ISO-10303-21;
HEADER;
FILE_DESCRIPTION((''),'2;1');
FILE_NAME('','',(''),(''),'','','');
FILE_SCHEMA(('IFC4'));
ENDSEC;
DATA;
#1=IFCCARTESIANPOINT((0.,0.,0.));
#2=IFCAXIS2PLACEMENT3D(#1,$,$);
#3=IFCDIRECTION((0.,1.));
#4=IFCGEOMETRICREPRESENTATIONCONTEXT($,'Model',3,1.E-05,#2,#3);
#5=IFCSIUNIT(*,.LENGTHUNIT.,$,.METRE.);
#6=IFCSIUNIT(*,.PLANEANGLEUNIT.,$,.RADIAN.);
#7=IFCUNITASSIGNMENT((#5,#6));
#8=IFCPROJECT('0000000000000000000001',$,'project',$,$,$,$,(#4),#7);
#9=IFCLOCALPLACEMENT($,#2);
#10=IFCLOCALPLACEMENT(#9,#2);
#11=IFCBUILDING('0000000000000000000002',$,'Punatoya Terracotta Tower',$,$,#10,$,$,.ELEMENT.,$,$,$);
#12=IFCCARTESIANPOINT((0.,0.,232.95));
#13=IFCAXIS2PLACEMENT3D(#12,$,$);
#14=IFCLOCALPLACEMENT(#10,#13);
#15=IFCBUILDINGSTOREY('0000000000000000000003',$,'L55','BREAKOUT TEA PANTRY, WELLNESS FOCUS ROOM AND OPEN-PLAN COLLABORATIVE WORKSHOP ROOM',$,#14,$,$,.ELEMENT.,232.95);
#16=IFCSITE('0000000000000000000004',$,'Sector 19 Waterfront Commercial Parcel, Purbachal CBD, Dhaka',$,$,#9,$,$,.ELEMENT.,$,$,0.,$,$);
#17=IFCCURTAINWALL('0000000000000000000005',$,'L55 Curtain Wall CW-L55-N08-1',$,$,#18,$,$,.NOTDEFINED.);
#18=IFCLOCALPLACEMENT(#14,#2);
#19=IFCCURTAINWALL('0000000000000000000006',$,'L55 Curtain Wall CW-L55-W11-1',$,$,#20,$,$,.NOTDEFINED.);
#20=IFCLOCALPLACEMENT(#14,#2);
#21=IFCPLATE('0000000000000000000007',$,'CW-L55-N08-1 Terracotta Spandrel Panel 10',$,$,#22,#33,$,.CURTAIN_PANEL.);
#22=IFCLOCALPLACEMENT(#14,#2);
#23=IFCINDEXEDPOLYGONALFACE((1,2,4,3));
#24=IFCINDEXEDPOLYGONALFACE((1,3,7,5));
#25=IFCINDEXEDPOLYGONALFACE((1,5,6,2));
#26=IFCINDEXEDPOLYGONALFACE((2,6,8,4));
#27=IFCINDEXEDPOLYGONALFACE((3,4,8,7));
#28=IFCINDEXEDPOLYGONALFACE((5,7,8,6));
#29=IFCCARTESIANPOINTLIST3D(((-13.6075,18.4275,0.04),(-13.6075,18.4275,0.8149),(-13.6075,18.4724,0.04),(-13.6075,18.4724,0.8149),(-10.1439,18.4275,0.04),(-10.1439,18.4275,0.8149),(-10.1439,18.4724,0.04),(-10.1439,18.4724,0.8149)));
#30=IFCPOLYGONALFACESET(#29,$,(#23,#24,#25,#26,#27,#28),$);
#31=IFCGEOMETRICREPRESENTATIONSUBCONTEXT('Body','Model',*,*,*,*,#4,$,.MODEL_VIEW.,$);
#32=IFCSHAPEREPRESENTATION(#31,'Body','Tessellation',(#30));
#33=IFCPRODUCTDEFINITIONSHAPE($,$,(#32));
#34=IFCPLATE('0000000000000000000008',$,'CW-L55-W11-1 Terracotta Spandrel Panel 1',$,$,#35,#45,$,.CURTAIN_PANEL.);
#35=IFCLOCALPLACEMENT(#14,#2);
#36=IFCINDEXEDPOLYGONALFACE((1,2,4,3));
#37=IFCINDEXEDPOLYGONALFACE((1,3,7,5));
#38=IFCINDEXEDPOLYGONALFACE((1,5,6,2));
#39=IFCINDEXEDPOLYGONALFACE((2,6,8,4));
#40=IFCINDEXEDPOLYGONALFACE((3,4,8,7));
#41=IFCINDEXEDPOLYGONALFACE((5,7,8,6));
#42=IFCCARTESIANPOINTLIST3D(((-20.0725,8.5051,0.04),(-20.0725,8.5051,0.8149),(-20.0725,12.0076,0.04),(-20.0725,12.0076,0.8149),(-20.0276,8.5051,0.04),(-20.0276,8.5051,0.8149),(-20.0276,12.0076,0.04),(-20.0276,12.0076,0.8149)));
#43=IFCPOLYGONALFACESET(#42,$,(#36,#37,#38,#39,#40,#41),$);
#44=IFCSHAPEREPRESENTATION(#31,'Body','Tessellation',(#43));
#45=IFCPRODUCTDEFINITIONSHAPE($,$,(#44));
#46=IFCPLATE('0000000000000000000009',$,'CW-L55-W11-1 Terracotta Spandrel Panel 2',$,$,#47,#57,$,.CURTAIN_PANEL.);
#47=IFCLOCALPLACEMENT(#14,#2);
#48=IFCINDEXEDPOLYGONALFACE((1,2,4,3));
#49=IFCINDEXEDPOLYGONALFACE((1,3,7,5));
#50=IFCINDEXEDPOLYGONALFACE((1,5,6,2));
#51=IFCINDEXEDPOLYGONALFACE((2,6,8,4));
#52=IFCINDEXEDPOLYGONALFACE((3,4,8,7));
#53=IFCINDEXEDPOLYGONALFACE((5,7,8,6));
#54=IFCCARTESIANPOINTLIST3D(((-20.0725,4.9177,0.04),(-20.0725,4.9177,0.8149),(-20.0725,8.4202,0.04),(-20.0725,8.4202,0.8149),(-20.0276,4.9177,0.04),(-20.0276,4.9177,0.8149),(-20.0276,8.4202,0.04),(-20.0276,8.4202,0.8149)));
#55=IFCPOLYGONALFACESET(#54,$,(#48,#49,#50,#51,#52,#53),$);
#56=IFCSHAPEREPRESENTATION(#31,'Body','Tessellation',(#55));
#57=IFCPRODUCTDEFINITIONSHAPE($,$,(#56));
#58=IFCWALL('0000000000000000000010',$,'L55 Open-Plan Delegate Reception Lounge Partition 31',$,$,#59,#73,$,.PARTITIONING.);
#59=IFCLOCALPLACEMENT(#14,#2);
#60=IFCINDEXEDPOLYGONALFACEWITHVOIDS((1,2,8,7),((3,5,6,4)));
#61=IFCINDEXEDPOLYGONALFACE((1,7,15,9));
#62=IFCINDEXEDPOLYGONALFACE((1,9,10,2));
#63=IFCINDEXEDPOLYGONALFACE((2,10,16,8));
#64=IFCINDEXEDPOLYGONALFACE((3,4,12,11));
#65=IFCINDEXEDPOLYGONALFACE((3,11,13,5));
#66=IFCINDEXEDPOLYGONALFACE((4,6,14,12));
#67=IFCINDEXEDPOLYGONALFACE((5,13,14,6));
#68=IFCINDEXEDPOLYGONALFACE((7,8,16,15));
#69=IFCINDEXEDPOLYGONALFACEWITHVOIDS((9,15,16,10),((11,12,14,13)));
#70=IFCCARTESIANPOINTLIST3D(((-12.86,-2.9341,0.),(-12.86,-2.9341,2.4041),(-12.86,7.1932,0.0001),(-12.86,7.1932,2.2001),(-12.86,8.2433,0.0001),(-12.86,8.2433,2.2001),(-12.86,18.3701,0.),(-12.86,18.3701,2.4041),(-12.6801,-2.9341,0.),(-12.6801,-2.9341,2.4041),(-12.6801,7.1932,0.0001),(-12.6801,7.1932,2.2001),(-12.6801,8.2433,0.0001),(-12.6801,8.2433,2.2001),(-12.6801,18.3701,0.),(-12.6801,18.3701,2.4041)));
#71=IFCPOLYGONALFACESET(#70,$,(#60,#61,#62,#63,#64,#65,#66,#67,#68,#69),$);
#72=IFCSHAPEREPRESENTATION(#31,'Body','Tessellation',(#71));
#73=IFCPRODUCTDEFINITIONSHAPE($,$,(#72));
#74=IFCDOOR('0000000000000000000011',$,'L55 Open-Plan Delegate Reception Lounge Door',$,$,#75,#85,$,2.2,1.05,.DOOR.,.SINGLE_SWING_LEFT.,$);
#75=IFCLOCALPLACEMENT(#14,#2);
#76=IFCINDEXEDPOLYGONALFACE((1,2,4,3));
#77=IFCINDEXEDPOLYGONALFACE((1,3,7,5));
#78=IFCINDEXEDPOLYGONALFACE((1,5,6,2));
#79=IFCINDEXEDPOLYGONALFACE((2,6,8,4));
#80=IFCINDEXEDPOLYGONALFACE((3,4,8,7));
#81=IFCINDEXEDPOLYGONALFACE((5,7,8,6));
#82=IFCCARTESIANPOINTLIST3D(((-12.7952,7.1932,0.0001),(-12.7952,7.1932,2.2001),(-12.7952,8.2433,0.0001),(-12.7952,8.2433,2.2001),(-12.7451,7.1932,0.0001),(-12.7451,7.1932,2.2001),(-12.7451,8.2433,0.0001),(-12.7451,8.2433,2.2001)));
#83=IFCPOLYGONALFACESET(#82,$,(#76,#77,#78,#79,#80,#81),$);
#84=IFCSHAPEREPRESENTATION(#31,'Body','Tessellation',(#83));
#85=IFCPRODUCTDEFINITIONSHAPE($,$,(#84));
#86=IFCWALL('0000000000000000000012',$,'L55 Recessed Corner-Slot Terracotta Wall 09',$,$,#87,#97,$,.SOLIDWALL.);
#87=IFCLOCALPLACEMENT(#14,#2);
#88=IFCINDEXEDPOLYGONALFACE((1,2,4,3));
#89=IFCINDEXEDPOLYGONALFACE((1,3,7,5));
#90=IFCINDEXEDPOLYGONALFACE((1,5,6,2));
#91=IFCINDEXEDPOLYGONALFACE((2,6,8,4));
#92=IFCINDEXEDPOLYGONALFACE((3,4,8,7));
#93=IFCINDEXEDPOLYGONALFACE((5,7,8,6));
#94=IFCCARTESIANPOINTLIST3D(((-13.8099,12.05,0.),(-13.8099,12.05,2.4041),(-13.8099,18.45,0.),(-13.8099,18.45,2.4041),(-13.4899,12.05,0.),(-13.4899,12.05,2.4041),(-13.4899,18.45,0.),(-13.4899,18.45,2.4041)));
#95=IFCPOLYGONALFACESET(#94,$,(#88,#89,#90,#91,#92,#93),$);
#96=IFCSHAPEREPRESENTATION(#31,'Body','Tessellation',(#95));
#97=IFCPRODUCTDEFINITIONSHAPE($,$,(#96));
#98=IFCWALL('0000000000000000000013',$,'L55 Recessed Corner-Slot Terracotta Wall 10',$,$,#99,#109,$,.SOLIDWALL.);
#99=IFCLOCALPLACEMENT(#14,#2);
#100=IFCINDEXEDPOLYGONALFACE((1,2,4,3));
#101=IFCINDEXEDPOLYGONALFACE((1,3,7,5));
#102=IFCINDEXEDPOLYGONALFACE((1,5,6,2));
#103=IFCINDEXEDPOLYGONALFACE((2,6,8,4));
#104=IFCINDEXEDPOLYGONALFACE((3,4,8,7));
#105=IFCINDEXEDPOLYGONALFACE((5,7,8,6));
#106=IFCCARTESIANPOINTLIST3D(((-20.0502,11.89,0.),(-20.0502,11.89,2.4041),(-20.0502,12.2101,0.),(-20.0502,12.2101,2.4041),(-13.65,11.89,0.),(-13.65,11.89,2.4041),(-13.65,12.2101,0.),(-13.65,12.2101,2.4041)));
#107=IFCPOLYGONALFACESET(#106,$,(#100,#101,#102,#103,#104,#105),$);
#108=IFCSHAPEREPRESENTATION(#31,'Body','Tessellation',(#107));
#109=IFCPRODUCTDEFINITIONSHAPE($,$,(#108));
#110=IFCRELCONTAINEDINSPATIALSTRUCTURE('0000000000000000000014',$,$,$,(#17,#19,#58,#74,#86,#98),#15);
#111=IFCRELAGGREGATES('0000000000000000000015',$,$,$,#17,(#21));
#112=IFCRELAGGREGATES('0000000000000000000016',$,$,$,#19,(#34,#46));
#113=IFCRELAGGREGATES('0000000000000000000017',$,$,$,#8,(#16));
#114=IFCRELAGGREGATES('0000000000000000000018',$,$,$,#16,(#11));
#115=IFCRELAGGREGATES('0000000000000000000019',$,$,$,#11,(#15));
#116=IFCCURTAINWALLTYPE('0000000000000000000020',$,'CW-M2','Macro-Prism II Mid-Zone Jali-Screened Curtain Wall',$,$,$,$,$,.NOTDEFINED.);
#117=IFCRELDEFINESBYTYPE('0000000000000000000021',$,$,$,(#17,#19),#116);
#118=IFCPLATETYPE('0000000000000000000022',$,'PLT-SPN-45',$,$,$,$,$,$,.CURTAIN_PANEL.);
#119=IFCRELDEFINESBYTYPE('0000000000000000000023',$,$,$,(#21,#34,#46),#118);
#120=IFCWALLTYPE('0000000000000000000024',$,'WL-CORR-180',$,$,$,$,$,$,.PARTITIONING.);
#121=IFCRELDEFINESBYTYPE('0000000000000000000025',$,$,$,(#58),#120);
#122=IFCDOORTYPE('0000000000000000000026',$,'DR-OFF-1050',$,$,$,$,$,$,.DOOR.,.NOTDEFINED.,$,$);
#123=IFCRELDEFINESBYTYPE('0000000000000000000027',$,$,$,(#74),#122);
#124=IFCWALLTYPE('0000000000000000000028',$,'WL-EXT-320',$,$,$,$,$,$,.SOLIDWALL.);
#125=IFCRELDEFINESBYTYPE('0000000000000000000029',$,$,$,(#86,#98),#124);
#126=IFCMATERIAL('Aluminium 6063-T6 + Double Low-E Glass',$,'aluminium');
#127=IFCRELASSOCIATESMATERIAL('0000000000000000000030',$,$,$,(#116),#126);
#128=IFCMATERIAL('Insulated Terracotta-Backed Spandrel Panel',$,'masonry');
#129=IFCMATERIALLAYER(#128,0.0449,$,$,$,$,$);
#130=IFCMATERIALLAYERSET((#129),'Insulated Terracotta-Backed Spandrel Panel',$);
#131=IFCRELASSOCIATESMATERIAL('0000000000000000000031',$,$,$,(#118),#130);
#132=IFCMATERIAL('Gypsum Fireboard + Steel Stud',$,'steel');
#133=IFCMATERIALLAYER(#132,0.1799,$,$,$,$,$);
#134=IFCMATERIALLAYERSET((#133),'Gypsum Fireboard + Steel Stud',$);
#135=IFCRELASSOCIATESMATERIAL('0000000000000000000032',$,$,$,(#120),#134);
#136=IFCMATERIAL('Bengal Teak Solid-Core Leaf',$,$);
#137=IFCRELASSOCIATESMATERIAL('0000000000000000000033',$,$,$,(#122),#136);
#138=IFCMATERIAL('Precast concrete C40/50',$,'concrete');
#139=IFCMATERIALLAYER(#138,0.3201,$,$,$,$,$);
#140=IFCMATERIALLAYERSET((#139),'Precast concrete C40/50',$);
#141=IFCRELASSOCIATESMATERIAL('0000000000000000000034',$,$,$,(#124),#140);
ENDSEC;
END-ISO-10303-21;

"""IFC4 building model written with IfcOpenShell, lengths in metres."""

from ifc_helpers import new_model, si_unit, direction, frame, frame_2d, origin, origin_2d, place, context, subcontext, project, spatial, rectangle, extrude, material, layer, layer_set, type_object, element, fill, aggregate, save


model = new_model("IFC4")

# Units and contexts
model_context = context("Model", 3, precision=1e-05, world=origin(), true_north=direction((0.0, 1.0)))
body_context = subcontext(model_context, "Body", "Model", "MODEL_VIEW")
ifc_project = project(units=[si_unit("LENGTHUNIT", "METRE"), si_unit("PLANEANGLEUNIT", "RADIAN")], contexts=[model_context])

# Site, building, storey
site_placement = place(None, origin())
site = spatial("IfcSite", under=ifc_project, at=site_placement, Name="Sector 19 Waterfront Commercial Parcel, Purbachal CBD, Dhaka", CompositionType="ELEMENT", RefElevation=0.0)
building_placement = place(site_placement, origin())
building = spatial("IfcBuilding", under=site, at=building_placement, Name="Punatoya Terracotta Tower", CompositionType="ELEMENT")
storey_placement = place(building_placement, frame((0.0, 0.0, 232.95)))
storey = spatial("IfcBuildingStorey", under=building, at=storey_placement, Name="L55", Description="BREAKOUT TEA PANTRY, WELLNESS FOCUS ROOM AND OPEN-PLAN COLLABORATIVE WORKSHOP ROOM", CompositionType="ELEMENT", Elevation=232.95)

# Curtain wall
ifc_material_1 = material(Name="Aluminium 6063-T6 + Double Low-E Glass", Category="aluminium")
curtain_wall_type = type_object("IfcCurtainWallType", Name="CW-M2", Description="Macro-Prism II Mid-Zone Jali-Screened Curtain Wall", PredefinedType="NOTDEFINED", material=ifc_material_1)
curtain_wall_1_placement = place(storey_placement, origin())
curtain_wall_1 = element("IfcCurtainWall", 1, at=curtain_wall_1_placement, inside=storey, type_object=curtain_wall_type, Name="L55 Curtain Wall CW-L55-N08-1", PredefinedType="NOTDEFINED")

# Curtain wall
curtain_wall_2_placement = place(storey_placement, origin())
curtain_wall_2 = element("IfcCurtainWall", 2, at=curtain_wall_2_placement, inside=storey, type_object=curtain_wall_type, Name="L55 Curtain Wall CW-L55-W11-1", PredefinedType="NOTDEFINED")

# Plates
ifc_material_2 = material(Name="Insulated Terracotta-Backed Spandrel Panel", Category="masonry")
ifc_layer_1 = layer(ifc_material_2, 0.0449)
ifc_layer_set_1 = layer_set([ifc_layer_1], Name="Insulated Terracotta-Backed Spandrel Panel")
plate_type_1 = type_object("IfcPlateType", Name="PLT-SPN-45", PredefinedType="CURTAIN_PANEL", material=ifc_layer_set_1)
plate_1_placement = place(storey_placement, frame((-11.8757, 18.45, 0.04), z_axis=(0.0, 0.0, 1.0), x_axis=(-1.0, 0.0, 0.0)))
plate_1 = element("IfcPlate", 3, at=plate_1_placement, type_object=plate_type_1, Name="CW-L55-N08-1 Terracotta Spandrel Panel 10", PredefinedType="CURTAIN_PANEL", context=body_context, shape_type="SweptSolid", body=[
    extrude(rectangle(XDim=3.4636, YDim=0.0449, at=origin_2d()), origin(), (0.0, 0.0, 1.0), 0.7749),
])
aggregate(curtain_wall_1, [plate_1])
plate_2_placement = place(storey_placement, frame((-20.05, 10.2563, 0.04), z_axis=(0.0, 0.0, 1.0), x_axis=(0.0, -1.0, 0.0)))
plate_2 = element("IfcPlate", 4, at=plate_2_placement, type_object=plate_type_1, Name="CW-L55-W11-1 Terracotta Spandrel Panel 1", PredefinedType="CURTAIN_PANEL", context=body_context, shape_type="SweptSolid", body=[
    extrude(rectangle(XDim=3.5024, YDim=0.0449, at=origin_2d()), origin(), (0.0, 0.0, 1.0), 0.7749),
])
plate_3_placement = place(storey_placement, frame((-20.05, 6.6689, 0.04), z_axis=(0.0, 0.0, 1.0), x_axis=(0.0, -1.0, 0.0)))
plate_3 = element("IfcPlate", 5, at=plate_3_placement, type_object=plate_type_1, Name="CW-L55-W11-1 Terracotta Spandrel Panel 2", PredefinedType="CURTAIN_PANEL", context=body_context, shape_type="SweptSolid", body=[
    extrude(rectangle(XDim=3.5024, YDim=0.0449, at=origin_2d()), origin(), (0.0, 0.0, 1.0), 0.7749),
])
aggregate(curtain_wall_2, [plate_2, plate_3])

# Wall, opening, door
ifc_material_3 = material(Name="Gypsum Fireboard + Steel Stud", Category="steel")
ifc_layer_2 = layer(ifc_material_3, 0.1799)
ifc_layer_set_2 = layer_set([ifc_layer_2], Name="Gypsum Fireboard + Steel Stud")
wall_type_1 = type_object("IfcWallType", Name="WL-CORR-180", PredefinedType="PARTITIONING", material=ifc_layer_set_2)
wall_1_placement = place(storey_placement, frame((-12.77, 18.3701, 0.0), z_axis=(0.0, 0.0, 1.0), x_axis=(0.0, -1.0, 0.0)))
wall_1 = element("IfcWall", 6, at=wall_1_placement, inside=storey, type_object=wall_type_1, Name="L55 Open-Plan Delegate Reception Lounge Partition 31", PredefinedType="PARTITIONING", context=body_context, shape_type="SweptSolid", body=[
    extrude(rectangle(XDim=21.3042, YDim=0.1799, at=frame_2d((10.6521, 0.0))), origin(), (0.0, 0.0, 1.0), 2.4041),
])
opening_placement = place(wall_1_placement, frame((10.127, 0.0, 0.0)))
opening = element("IfcOpeningElement", 7, at=opening_placement, cuts=wall_1, PredefinedType="OPENING", context=body_context, shape_type="SweptSolid", body=[
    extrude(rectangle(XDim=1.05, YDim=2.2, at=frame_2d((0.5249, 1.1001))), frame((0.0, 0.0999, 0.0), z_axis=(0.0, -1.0, 0.0), x_axis=(1.0, 0.0, 0.0)), (0.0, 0.0, 1.0), 0.2),
])
ifc_material_4 = material(Name="Bengal Teak Solid-Core Leaf")
door_type = type_object("IfcDoorType", Name="DR-OFF-1050", OperationType="NOTDEFINED", PredefinedType="DOOR", material=ifc_material_4)
door_placement = place(opening_placement, origin())
door = element("IfcDoor", 8, at=door_placement, inside=storey, type_object=door_type, Name="L55 Open-Plan Delegate Reception Lounge Door", OperationType="SINGLE_SWING_LEFT", OverallHeight=2.2, OverallWidth=1.05, PredefinedType="DOOR", context=body_context, shape_type="SweptSolid", body=[
    extrude(rectangle(XDim=1.05, YDim=2.2, at=frame_2d((0.5249, 1.1001))), frame((0.0, 0.0249, 0.0), z_axis=(0.0, -1.0, 0.0), x_axis=(1.0, 0.0, 0.0)), (0.0, 0.0, 1.0), 0.05),
])
fill(opening, door)

# Walls
ifc_material_5 = material(Name="Precast concrete C40/50", Category="concrete")
ifc_layer_3 = layer(ifc_material_5, 0.3201)
ifc_layer_set_3 = layer_set([ifc_layer_3], Name="Precast concrete C40/50")
wall_type_2 = type_object("IfcWallType", Name="WL-EXT-320", PredefinedType="SOLIDWALL", material=ifc_layer_set_3)
wall_2_placement = place(storey_placement, frame((-13.6499, 18.45, 0.0), z_axis=(0.0, 0.0, 1.0), x_axis=(0.0, -1.0, 0.0)))
element("IfcWall", 9, at=wall_2_placement, inside=storey, type_object=wall_type_2, Name="L55 Recessed Corner-Slot Terracotta Wall 09", PredefinedType="SOLIDWALL", context=body_context, shape_type="SweptSolid", body=[
    extrude(rectangle(XDim=6.3999, YDim=0.3201, at=frame_2d((3.2, 0.0))), origin(), (0.0, 0.0, 1.0), 2.4041),
])
wall_3_placement = place(storey_placement, frame((-13.6499, 12.05, 0.0), z_axis=(0.0, 0.0, 1.0), x_axis=(-1.0, 0.0, 0.0)))
element("IfcWall", 10, at=wall_3_placement, inside=storey, type_object=wall_type_2, Name="L55 Recessed Corner-Slot Terracotta Wall 10", PredefinedType="SOLIDWALL", context=body_context, shape_type="SweptSolid", body=[
    extrude(rectangle(XDim=6.4001, YDim=0.3201, at=frame_2d((3.2002, 0.0))), origin(), (0.0, 0.0, 1.0), 2.4041),
])

save(model, "model.ifc")
